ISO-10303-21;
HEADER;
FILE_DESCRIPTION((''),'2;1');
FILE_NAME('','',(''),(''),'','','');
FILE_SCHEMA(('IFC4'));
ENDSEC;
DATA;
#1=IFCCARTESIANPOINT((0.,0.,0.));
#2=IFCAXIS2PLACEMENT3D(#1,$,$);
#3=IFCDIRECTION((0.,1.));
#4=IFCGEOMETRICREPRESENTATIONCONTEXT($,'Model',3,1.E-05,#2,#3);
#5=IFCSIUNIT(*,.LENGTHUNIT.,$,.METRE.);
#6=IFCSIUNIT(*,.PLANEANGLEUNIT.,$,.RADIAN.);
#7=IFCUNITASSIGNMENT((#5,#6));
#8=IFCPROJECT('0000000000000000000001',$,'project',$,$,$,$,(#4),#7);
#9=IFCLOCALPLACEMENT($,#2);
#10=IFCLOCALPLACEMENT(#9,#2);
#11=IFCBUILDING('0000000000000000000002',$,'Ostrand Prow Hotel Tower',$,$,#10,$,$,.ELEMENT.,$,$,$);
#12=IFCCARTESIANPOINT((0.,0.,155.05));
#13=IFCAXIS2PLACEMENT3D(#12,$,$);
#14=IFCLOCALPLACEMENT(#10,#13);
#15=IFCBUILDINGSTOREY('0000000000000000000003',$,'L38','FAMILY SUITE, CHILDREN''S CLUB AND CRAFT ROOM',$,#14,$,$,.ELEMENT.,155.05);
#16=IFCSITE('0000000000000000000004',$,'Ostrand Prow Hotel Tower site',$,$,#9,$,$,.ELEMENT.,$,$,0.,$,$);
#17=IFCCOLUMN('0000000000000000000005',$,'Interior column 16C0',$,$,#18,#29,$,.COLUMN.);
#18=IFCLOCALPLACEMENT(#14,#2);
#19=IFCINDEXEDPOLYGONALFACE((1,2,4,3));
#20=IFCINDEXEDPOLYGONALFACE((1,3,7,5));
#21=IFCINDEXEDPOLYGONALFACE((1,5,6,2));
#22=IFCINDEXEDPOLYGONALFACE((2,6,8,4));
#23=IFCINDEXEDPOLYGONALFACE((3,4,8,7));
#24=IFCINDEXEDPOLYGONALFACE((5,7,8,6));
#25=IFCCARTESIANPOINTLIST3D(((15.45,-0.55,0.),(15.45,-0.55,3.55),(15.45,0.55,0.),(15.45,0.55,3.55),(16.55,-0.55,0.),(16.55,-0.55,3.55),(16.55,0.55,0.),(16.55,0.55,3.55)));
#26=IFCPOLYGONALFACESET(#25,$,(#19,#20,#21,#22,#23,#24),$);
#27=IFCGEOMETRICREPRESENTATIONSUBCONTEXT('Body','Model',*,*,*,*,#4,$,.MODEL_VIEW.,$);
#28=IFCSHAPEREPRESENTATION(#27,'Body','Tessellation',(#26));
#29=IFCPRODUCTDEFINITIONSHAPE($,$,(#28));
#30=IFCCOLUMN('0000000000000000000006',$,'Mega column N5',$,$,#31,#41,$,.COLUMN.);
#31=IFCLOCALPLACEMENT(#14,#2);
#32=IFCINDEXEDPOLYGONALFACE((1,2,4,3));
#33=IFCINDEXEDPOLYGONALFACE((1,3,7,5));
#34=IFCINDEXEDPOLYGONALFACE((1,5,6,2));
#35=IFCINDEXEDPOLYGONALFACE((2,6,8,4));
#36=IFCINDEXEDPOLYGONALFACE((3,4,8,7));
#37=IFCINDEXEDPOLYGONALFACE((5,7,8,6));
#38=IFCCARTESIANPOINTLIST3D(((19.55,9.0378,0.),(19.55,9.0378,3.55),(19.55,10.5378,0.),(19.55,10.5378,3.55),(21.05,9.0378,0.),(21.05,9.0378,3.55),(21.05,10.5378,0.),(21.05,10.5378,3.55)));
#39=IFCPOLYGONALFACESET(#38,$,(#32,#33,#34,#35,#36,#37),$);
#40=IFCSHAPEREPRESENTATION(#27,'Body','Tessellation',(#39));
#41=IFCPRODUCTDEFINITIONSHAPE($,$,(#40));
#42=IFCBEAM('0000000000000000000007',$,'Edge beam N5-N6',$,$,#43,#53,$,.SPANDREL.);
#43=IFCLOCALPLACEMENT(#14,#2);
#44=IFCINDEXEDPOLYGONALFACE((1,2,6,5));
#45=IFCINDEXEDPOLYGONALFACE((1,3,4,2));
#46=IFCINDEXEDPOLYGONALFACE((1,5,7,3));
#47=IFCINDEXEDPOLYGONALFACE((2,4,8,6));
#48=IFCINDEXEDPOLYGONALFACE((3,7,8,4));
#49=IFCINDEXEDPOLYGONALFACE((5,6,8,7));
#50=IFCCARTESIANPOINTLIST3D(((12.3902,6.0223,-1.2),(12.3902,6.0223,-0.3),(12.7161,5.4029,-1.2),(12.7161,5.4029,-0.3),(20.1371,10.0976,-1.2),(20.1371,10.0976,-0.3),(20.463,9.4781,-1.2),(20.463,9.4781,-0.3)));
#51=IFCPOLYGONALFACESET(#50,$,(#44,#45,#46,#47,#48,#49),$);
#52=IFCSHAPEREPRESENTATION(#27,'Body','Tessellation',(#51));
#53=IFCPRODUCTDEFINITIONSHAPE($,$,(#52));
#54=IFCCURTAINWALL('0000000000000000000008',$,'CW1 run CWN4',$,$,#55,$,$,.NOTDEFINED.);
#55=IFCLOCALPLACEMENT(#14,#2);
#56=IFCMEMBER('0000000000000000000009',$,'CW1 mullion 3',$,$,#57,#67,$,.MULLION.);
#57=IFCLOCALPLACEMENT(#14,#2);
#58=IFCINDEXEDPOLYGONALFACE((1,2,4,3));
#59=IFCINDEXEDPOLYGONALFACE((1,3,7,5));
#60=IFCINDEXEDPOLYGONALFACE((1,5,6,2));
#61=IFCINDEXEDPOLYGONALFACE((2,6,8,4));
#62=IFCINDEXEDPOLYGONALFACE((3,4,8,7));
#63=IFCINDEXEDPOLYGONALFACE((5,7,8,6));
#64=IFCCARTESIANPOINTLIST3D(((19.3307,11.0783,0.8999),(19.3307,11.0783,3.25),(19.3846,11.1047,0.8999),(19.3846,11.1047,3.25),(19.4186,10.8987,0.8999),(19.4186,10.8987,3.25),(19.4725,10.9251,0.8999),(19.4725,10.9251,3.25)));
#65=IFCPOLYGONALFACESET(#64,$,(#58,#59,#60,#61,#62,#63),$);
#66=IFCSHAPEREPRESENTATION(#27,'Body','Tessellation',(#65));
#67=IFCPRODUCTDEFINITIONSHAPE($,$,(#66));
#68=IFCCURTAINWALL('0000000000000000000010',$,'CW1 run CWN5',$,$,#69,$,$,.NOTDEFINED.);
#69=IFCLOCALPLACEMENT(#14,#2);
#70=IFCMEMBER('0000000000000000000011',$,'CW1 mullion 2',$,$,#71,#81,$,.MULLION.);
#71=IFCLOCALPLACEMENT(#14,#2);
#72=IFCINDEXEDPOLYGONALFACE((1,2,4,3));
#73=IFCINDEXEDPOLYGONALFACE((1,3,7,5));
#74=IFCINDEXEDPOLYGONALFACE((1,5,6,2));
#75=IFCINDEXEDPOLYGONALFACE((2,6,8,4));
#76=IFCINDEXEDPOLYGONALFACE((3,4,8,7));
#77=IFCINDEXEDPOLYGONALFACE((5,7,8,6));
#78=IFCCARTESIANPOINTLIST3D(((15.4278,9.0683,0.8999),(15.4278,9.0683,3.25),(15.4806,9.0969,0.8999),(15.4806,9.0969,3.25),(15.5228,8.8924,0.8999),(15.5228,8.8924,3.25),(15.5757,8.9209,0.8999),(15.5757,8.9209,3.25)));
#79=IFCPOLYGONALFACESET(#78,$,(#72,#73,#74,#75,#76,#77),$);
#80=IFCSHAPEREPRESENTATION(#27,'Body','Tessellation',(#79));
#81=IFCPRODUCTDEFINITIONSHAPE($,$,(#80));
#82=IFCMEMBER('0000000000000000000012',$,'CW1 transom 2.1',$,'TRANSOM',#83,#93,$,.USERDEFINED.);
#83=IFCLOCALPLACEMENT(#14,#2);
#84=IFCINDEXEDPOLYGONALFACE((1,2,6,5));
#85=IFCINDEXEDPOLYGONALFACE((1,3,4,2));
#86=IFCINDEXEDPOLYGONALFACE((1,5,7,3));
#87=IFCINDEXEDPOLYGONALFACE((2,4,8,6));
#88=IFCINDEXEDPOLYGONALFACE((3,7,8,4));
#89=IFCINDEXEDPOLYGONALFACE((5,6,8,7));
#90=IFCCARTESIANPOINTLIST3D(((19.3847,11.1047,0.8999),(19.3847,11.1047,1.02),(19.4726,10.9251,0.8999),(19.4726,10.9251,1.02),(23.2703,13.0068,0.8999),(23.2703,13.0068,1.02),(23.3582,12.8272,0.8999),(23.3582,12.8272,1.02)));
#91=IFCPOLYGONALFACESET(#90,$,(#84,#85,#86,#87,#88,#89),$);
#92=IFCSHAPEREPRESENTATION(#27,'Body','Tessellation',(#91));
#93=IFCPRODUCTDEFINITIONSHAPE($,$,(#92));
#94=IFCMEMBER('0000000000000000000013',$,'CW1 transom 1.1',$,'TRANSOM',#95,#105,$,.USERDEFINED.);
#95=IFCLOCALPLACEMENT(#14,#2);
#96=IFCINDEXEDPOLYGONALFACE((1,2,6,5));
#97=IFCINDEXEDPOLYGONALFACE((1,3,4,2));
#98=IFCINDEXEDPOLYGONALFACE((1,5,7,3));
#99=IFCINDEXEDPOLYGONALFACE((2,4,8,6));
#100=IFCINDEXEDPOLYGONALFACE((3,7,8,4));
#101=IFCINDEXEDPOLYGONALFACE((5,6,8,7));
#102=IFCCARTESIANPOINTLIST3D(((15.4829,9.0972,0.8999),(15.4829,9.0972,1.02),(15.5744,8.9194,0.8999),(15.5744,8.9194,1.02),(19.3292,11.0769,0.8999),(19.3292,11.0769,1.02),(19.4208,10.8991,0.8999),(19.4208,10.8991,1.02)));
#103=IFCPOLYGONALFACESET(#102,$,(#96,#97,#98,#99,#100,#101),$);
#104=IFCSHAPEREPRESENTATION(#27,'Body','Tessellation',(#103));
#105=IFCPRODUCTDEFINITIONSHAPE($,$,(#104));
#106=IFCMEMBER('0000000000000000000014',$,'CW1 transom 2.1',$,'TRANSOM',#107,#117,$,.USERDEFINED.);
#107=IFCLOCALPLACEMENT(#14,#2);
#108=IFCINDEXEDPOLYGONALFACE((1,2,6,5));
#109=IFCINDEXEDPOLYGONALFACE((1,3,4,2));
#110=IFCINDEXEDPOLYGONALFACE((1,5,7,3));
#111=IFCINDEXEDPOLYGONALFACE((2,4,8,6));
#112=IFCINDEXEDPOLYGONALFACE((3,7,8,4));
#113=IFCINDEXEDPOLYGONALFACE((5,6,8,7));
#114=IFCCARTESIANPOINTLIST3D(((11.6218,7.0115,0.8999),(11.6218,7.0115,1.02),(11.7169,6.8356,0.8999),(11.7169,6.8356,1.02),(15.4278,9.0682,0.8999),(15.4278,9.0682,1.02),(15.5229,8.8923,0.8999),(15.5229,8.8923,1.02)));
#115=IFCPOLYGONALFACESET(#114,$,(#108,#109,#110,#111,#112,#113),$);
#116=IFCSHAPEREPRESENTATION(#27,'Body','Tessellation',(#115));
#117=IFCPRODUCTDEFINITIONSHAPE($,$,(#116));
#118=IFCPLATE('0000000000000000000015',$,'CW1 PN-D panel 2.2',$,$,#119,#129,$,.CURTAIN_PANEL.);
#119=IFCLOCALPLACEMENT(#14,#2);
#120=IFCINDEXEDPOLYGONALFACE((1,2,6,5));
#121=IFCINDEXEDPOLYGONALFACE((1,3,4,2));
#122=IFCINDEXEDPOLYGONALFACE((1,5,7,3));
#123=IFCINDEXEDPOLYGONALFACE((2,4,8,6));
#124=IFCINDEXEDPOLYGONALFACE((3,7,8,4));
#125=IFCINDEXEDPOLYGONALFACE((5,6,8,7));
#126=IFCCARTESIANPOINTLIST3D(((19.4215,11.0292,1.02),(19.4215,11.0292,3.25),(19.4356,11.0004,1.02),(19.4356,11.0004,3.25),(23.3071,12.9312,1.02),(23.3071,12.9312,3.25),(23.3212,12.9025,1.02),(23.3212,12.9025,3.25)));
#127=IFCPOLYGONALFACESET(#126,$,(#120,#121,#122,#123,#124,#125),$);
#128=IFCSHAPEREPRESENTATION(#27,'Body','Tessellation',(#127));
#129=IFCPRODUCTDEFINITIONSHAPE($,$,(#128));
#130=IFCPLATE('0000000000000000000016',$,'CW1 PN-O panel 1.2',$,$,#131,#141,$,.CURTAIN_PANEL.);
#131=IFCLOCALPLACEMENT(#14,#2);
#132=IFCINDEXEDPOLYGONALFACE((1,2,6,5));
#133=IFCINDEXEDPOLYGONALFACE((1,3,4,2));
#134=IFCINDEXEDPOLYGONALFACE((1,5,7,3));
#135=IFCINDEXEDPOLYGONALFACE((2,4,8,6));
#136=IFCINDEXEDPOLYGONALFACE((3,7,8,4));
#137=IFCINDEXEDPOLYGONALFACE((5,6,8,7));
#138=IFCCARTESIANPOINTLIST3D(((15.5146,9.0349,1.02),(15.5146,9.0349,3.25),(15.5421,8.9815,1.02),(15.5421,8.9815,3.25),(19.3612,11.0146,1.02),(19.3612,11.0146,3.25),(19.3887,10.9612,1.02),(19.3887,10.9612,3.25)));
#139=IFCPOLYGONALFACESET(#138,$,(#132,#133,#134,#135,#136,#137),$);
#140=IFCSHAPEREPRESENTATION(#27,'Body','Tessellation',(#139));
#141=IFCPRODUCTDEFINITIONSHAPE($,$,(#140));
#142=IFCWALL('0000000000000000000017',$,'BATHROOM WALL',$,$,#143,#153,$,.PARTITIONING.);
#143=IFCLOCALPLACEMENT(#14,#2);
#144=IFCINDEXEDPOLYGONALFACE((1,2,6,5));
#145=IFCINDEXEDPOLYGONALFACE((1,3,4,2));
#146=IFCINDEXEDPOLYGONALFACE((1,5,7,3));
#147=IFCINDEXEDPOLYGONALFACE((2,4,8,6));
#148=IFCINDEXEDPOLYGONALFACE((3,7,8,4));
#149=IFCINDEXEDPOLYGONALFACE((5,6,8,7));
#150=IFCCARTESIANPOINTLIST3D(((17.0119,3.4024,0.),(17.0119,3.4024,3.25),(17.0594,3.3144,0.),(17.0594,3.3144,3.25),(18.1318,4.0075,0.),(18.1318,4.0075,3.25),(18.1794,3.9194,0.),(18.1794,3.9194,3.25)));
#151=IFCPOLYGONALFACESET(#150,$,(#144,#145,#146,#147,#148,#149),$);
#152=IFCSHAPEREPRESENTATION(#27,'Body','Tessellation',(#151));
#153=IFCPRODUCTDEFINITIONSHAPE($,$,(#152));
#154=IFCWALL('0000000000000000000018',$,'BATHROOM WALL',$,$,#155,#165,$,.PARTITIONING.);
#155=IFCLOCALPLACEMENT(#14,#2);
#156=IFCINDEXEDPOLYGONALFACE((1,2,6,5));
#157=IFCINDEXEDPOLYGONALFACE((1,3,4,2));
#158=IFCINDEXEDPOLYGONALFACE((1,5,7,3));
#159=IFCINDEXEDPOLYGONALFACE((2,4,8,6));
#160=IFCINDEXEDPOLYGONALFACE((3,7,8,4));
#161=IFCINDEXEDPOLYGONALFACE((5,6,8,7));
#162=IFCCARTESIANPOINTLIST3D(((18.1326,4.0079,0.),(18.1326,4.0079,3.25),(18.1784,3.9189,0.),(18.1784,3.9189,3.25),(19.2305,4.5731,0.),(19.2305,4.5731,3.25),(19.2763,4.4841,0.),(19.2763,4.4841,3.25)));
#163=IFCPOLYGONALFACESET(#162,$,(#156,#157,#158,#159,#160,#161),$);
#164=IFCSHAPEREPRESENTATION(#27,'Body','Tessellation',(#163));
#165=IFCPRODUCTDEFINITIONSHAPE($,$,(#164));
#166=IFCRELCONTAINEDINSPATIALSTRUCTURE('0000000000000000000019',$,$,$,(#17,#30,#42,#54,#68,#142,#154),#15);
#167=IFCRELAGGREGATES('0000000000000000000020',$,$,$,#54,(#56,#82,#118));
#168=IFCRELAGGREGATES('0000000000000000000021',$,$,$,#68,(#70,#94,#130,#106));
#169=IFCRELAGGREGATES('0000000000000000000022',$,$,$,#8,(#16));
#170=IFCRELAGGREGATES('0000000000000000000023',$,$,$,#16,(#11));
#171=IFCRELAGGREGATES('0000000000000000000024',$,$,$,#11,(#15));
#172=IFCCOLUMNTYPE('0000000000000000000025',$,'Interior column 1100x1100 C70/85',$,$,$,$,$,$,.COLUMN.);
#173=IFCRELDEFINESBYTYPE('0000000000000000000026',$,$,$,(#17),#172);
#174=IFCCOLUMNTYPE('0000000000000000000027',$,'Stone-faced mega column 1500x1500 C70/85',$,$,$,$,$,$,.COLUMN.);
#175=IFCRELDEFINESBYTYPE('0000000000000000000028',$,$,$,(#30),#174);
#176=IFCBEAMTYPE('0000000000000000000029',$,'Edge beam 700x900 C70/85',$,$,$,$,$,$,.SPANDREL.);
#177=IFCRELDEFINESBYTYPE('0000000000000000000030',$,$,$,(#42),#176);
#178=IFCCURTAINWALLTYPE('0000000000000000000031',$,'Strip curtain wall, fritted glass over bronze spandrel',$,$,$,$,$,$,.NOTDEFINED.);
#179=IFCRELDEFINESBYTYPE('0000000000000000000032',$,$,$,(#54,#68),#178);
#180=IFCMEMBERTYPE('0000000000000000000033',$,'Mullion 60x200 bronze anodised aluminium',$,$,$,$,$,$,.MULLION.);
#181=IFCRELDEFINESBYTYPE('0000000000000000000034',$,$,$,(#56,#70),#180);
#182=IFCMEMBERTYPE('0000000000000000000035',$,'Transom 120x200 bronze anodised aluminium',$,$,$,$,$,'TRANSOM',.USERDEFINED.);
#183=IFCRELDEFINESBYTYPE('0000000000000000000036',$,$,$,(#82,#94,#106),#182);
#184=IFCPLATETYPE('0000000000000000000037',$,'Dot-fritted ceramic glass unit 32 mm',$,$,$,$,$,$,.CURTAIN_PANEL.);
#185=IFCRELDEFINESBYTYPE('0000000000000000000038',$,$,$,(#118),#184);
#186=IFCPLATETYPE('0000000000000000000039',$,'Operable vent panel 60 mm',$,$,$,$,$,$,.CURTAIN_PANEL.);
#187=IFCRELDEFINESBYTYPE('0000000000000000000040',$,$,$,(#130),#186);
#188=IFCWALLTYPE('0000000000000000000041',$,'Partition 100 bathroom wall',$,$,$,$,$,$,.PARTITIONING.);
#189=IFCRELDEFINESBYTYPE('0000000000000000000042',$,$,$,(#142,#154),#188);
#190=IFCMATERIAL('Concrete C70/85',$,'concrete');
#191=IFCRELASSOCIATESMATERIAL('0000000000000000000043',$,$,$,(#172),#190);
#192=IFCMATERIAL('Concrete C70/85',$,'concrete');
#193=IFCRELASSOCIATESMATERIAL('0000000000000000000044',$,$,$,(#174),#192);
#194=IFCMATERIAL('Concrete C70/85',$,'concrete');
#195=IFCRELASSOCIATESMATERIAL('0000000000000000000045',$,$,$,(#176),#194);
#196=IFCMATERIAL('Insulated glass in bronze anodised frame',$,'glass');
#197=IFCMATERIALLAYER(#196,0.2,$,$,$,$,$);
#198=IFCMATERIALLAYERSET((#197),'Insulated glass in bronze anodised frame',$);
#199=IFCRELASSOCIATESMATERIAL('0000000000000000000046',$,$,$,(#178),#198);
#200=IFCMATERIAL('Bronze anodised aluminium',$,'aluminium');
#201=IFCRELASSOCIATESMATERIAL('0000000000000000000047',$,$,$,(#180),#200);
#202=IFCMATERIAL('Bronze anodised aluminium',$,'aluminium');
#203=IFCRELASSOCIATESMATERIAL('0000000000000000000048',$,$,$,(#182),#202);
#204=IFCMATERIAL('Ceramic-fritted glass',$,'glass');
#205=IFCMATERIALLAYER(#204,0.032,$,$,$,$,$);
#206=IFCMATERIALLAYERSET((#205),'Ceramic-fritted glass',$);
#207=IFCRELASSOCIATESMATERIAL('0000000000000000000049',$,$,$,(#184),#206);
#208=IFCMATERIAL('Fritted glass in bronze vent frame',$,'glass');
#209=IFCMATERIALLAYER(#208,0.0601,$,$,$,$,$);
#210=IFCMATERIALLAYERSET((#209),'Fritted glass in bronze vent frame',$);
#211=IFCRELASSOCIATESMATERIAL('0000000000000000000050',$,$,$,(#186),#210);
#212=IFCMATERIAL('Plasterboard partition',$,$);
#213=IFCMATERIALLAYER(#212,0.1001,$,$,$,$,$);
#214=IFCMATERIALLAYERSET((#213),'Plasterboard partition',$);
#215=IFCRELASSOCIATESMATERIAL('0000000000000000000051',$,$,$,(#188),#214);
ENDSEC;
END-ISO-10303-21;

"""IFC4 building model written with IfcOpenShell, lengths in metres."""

from ifc_helpers import new_model, si_unit, direction, frame, frame_2d, origin, origin_2d, place, context, subcontext, project, spatial, rectangle, extrude, material, layer, layer_set, material_profile, profile_set, type_object, element, aggregate, save


model = new_model("IFC4")

# Units and contexts
model_context = context("Model", 3, precision=1e-05, world=origin(), true_north=direction((0.0, 1.0)))
body_context = subcontext(model_context, "Body", "Model", "MODEL_VIEW")
ifc_project = project(units=[si_unit("LENGTHUNIT", "METRE"), si_unit("PLANEANGLEUNIT", "RADIAN")], contexts=[model_context])

# Site, building, storey
site_placement = place(None, origin())
site = spatial("IfcSite", under=ifc_project, at=site_placement, Name="Ostrand Prow Hotel Tower site", CompositionType="ELEMENT", RefElevation=0.0)
building_placement = place(site_placement, origin())
building = spatial("IfcBuilding", under=site, at=building_placement, Name="Ostrand Prow Hotel Tower", CompositionType="ELEMENT")
storey_placement = place(building_placement, frame((0.0, 0.0, 155.05)))
storey = spatial("IfcBuildingStorey", under=building, at=storey_placement, Name="L38", Description="FAMILY SUITE, CHILDREN'S CLUB AND CRAFT ROOM", CompositionType="ELEMENT", Elevation=155.05)

# Columns
ifc_material_1 = material(Name="Concrete C70/85", Category="concrete")
ifc_material_profile_1 = material_profile(ifc_material_1, rectangle(XDim=1.1001, YDim=1.1001, at=origin_2d()), Name="RC 1100x1100")
ifc_profile_set_1 = profile_set([ifc_material_profile_1], Name="Concrete C70/85")
column_type_1 = type_object("IfcColumnType", Name="Interior column 1100x1100 C70/85", PredefinedType="COLUMN", material=ifc_profile_set_1)
column_1_placement = place(storey_placement, frame((16.0, 0.0, 0.0), z_axis=(0.0, 0.0, 1.0), x_axis=(1.0, 0.0, 0.0)))
element("IfcColumn", 1, at=column_1_placement, inside=storey, type_object=column_type_1, Name="Interior column 16C0", PredefinedType="COLUMN", context=body_context, shape_type="SweptSolid", body=[
    extrude(rectangle(XDim=1.1001, YDim=1.1001, at=origin_2d()), origin(), (0.0, 0.0, 1.0), 3.55),
])
ifc_material_2 = material(Name="Concrete C70/85", Category="concrete")
ifc_material_profile_2 = material_profile(ifc_material_2, rectangle(XDim=1.5, YDim=1.5, at=origin_2d()), Name="RC 1500x1500")
ifc_profile_set_2 = profile_set([ifc_material_profile_2], Name="Concrete C70/85")
column_type_2 = type_object("IfcColumnType", Name="Stone-faced mega column 1500x1500 C70/85", PredefinedType="COLUMN", material=ifc_profile_set_2)
column_2_placement = place(storey_placement, frame((20.3, 9.7878, 0.0), z_axis=(0.0, 0.0, 1.0), x_axis=(1.0, 0.0, 0.0)))
element("IfcColumn", 2, at=column_2_placement, inside=storey, type_object=column_type_2, Name="Mega column N5", PredefinedType="COLUMN", context=body_context, shape_type="SweptSolid", body=[
    extrude(rectangle(XDim=1.5, YDim=1.5, at=origin_2d()), origin(), (0.0, 0.0, 1.0), 3.55),
])

# Beam
ifc_material_3 = material(Name="Concrete C70/85", Category="concrete")
ifc_material_profile_3 = material_profile(ifc_material_3, rectangle(XDim=0.7, YDim=0.8999, at=origin_2d()), Name="RC 700x900")
ifc_profile_set_3 = profile_set([ifc_material_profile_3], Name="Concrete C70/85")
beam_type = type_object("IfcBeamType", Name="Edge beam 700x900 C70/85", PredefinedType="SPANDREL", material=ifc_profile_set_3)
beam_placement = place(storey_placement, frame((20.3, 9.7878, -0.75), z_axis=(-0.885016, -0.46556, 0.0), x_axis=(0.46556, -0.885016, 0.0)))
element("IfcBeam", 3, at=beam_placement, inside=storey, type_object=beam_type, Name="Edge beam N5-N6", PredefinedType="SPANDREL", context=body_context, shape_type="SweptSolid", body=[
    extrude(rectangle(XDim=0.7, YDim=0.8999, at=origin_2d()), origin(), (0.0, 0.0, 1.0), 8.7534),
])

# Curtain walls, members
ifc_material_4 = material(Name="Insulated glass in bronze anodised frame", Category="glass")
ifc_layer_1 = layer(ifc_material_4, 0.2)
ifc_layer_set_1 = layer_set([ifc_layer_1], Name="Insulated glass in bronze anodised frame")
curtain_wall_type = type_object("IfcCurtainWallType", Name="Strip curtain wall, fritted glass over bronze spandrel", PredefinedType="NOTDEFINED", material=ifc_layer_set_1)
curtain_wall_1_placement = place(storey_placement, origin())
curtain_wall_1 = element("IfcCurtainWall", 4, at=curtain_wall_1_placement, inside=storey, type_object=curtain_wall_type, Name="CW1 run CWN4", PredefinedType="NOTDEFINED")
ifc_material_5 = material(Name="Bronze anodised aluminium", Category="aluminium")
ifc_material_profile_4 = material_profile(ifc_material_5, rectangle(XDim=0.2, YDim=0.0601, at=origin_2d()), Name="Mullion 60x200 bronze anodised aluminium")
ifc_profile_set_4 = profile_set([ifc_material_profile_4], Name="Bronze anodised aluminium")
member_type_1 = type_object("IfcMemberType", Name="Mullion 60x200 bronze anodised aluminium", PredefinedType="MULLION", material=ifc_profile_set_4)
member_1_placement = place(storey_placement, frame((19.4016, 11.0017, 0.8999), z_axis=(0.0, 0.0, 1.0), x_axis=(0.439659, -0.898165, 0.0)))
member_1 = element("IfcMember", 5, at=member_1_placement, type_object=member_type_1, Name="CW1 mullion 3", PredefinedType="MULLION", context=body_context, shape_type="SweptSolid", body=[
    extrude(rectangle(XDim=0.2, YDim=0.0601, at=origin_2d()), origin(), (0.0, 0.0, 1.0), 2.3501),
])
curtain_wall_2_placement = place(storey_placement, origin())
curtain_wall_2 = element("IfcCurtainWall", 6, at=curtain_wall_2_placement, inside=storey, type_object=curtain_wall_type, Name="CW1 run CWN5", PredefinedType="NOTDEFINED")
member_2_placement = place(storey_placement, frame((15.5017, 8.9946, 0.8999), z_axis=(0.0, 0.0, 1.0), x_axis=(0.475394, -0.879773, 0.0)))
member_2 = element("IfcMember", 7, at=member_2_placement, type_object=member_type_1, Name="CW1 mullion 2", PredefinedType="MULLION", context=body_context, shape_type="SweptSolid", body=[
    extrude(rectangle(XDim=0.2, YDim=0.0601, at=origin_2d()), origin(), (0.0, 0.0, 1.0), 2.3501),
])

# Members
ifc_material_6 = material(Name="Bronze anodised aluminium", Category="aluminium")
ifc_material_profile_5 = material_profile(ifc_material_6, rectangle(XDim=0.2, YDim=0.1201, at=origin_2d()), Name="Transom 120x200 bronze anodised aluminium")
ifc_profile_set_5 = profile_set([ifc_material_profile_5], Name="Bronze anodised aluminium")
member_type_2 = type_object("IfcMemberType", Name="Transom 120x200 bronze anodised aluminium", ElementType="TRANSOM", PredefinedType="USERDEFINED", material=ifc_profile_set_5)
member_3_placement = place(storey_placement, frame((23.3142, 12.917, 0.96), z_axis=(-0.898154, -0.439681, 0.0), x_axis=(0.439681, -0.898154, 0.0)))
member_3 = element("IfcMember", 8, at=member_3_placement, type_object=member_type_2, Name="CW1 transom 2.1", ObjectType="TRANSOM", PredefinedType="USERDEFINED", context=body_context, shape_type="SweptSolid", body=[
    extrude(rectangle(XDim=0.2, YDim=0.1201, at=origin_2d()), origin(), (0.0, 0.0, 1.0), 4.3262),
])
member_4_placement = place(storey_placement, frame((19.375, 10.988, 0.96), z_axis=(-0.88914, -0.457635, 0.0), x_axis=(0.457635, -0.88914, 0.0)))
member_4 = element("IfcMember", 9, at=member_4_placement, type_object=member_type_2, Name="CW1 transom 1.1", ObjectType="TRANSOM", PredefinedType="USERDEFINED", context=body_context, shape_type="SweptSolid", body=[
    extrude(rectangle(XDim=0.2, YDim=0.1201, at=origin_2d()), origin(), (0.0, 0.0, 1.0), 4.3259),
])
member_5_placement = place(storey_placement, frame((15.4753, 8.9802, 0.96), z_axis=(-0.879765, -0.475408, 0.0), x_axis=(0.475408, -0.879765, 0.0)))
member_5 = element("IfcMember", 10, at=member_5_placement, type_object=member_type_2, Name="CW1 transom 2.1", ObjectType="TRANSOM", PredefinedType="USERDEFINED", context=body_context, shape_type="SweptSolid", body=[
    extrude(rectangle(XDim=0.2, YDim=0.1201, at=origin_2d()), origin(), (0.0, 0.0, 1.0), 4.3262),
])

# Plates
ifc_material_7 = material(Name="Ceramic-fritted glass", Category="glass")
ifc_layer_2 = layer(ifc_material_7, 0.032)
ifc_layer_set_2 = layer_set([ifc_layer_2], Name="Ceramic-fritted glass")
plate_type_1 = type_object("IfcPlateType", Name="Dot-fritted ceramic glass unit 32 mm", PredefinedType="CURTAIN_PANEL", material=ifc_layer_set_2)
plate_1_placement = place(storey_placement, frame((21.3713, 11.9658, 1.02), z_axis=(0.0, 0.0, 1.0), x_axis=(-0.898165, -0.439659, 0.0)))
plate_1 = element("IfcPlate", 11, at=plate_1_placement, type_object=plate_type_1, Name="CW1 PN-D panel 2.2", PredefinedType="CURTAIN_PANEL", context=body_context, shape_type="SweptSolid", body=[
    extrude(rectangle(XDim=4.3262, YDim=0.032, at=origin_2d()), origin(), (0.0, 0.0, 1.0), 2.23),
])
aggregate(curtain_wall_1, [member_1, member_3, plate_1])
ifc_material_8 = material(Name="Fritted glass in bronze vent frame", Category="glass")
ifc_layer_3 = layer(ifc_material_8, 0.0601)
ifc_layer_set_3 = layer_set([ifc_layer_3], Name="Fritted glass in bronze vent frame")
plate_type_2 = type_object("IfcPlateType", Name="Operable vent panel 60 mm", PredefinedType="CURTAIN_PANEL", material=ifc_layer_set_3)
plate_2_placement = place(storey_placement, frame((17.4517, 9.998, 1.02), z_axis=(0.0, 0.0, 1.0), x_axis=(-0.889148, -0.457619, 0.0)))
plate_2 = element("IfcPlate", 12, at=plate_2_placement, type_object=plate_type_2, Name="CW1 PN-O panel 1.2", PredefinedType="CURTAIN_PANEL", context=body_context, shape_type="SweptSolid", body=[
    extrude(rectangle(XDim=4.3262, YDim=0.0601, at=origin_2d()), origin(), (0.0, 0.0, 1.0), 2.23),
])
aggregate(curtain_wall_2, [member_2, member_4, plate_2, member_5])

# Walls
ifc_material_9 = material(Name="Plasterboard partition")
ifc_layer_4 = layer(ifc_material_9, 0.1001)
ifc_layer_set_4 = layer_set([ifc_layer_4], Name="Plasterboard partition")
wall_type_1 = type_object("IfcWallType", Name="Partition 100 bathroom wall", PredefinedType="PARTITIONING", material=ifc_layer_set_4)
wall_1_placement = place(storey_placement, frame((17.0356, 3.3584, 0.0), z_axis=(0.0, 0.0, 1.0), x_axis=(0.879824, 0.4753, 0.0)))
element("IfcWall", 13, at=wall_1_placement, inside=storey, type_object=wall_type_1, Name="BATHROOM WALL", PredefinedType="PARTITIONING", context=body_context, shape_type="SweptSolid", body=[
    extrude(rectangle(XDim=1.2729, YDim=0.1001, at=frame_2d((0.6365, 0.0))), origin(), (0.0, 0.0, 1.0), 3.25),
])
wall_2_placement = place(storey_placement, frame((18.1555, 3.9634, 0.0), z_axis=(0.0, 0.0, 1.0), x_axis=(0.889106, 0.457701, 0.0)))
element("IfcWall", 14, at=wall_2_placement, inside=storey, type_object=wall_type_1, Name="BATHROOM WALL", PredefinedType="PARTITIONING", context=body_context, shape_type="SweptSolid", body=[
    extrude(rectangle(XDim=1.2349, YDim=0.1001, at=frame_2d((0.6174, 0.0))), origin(), (0.0, 0.0, 1.0), 3.25),
])

save(model, "model.ifc")
